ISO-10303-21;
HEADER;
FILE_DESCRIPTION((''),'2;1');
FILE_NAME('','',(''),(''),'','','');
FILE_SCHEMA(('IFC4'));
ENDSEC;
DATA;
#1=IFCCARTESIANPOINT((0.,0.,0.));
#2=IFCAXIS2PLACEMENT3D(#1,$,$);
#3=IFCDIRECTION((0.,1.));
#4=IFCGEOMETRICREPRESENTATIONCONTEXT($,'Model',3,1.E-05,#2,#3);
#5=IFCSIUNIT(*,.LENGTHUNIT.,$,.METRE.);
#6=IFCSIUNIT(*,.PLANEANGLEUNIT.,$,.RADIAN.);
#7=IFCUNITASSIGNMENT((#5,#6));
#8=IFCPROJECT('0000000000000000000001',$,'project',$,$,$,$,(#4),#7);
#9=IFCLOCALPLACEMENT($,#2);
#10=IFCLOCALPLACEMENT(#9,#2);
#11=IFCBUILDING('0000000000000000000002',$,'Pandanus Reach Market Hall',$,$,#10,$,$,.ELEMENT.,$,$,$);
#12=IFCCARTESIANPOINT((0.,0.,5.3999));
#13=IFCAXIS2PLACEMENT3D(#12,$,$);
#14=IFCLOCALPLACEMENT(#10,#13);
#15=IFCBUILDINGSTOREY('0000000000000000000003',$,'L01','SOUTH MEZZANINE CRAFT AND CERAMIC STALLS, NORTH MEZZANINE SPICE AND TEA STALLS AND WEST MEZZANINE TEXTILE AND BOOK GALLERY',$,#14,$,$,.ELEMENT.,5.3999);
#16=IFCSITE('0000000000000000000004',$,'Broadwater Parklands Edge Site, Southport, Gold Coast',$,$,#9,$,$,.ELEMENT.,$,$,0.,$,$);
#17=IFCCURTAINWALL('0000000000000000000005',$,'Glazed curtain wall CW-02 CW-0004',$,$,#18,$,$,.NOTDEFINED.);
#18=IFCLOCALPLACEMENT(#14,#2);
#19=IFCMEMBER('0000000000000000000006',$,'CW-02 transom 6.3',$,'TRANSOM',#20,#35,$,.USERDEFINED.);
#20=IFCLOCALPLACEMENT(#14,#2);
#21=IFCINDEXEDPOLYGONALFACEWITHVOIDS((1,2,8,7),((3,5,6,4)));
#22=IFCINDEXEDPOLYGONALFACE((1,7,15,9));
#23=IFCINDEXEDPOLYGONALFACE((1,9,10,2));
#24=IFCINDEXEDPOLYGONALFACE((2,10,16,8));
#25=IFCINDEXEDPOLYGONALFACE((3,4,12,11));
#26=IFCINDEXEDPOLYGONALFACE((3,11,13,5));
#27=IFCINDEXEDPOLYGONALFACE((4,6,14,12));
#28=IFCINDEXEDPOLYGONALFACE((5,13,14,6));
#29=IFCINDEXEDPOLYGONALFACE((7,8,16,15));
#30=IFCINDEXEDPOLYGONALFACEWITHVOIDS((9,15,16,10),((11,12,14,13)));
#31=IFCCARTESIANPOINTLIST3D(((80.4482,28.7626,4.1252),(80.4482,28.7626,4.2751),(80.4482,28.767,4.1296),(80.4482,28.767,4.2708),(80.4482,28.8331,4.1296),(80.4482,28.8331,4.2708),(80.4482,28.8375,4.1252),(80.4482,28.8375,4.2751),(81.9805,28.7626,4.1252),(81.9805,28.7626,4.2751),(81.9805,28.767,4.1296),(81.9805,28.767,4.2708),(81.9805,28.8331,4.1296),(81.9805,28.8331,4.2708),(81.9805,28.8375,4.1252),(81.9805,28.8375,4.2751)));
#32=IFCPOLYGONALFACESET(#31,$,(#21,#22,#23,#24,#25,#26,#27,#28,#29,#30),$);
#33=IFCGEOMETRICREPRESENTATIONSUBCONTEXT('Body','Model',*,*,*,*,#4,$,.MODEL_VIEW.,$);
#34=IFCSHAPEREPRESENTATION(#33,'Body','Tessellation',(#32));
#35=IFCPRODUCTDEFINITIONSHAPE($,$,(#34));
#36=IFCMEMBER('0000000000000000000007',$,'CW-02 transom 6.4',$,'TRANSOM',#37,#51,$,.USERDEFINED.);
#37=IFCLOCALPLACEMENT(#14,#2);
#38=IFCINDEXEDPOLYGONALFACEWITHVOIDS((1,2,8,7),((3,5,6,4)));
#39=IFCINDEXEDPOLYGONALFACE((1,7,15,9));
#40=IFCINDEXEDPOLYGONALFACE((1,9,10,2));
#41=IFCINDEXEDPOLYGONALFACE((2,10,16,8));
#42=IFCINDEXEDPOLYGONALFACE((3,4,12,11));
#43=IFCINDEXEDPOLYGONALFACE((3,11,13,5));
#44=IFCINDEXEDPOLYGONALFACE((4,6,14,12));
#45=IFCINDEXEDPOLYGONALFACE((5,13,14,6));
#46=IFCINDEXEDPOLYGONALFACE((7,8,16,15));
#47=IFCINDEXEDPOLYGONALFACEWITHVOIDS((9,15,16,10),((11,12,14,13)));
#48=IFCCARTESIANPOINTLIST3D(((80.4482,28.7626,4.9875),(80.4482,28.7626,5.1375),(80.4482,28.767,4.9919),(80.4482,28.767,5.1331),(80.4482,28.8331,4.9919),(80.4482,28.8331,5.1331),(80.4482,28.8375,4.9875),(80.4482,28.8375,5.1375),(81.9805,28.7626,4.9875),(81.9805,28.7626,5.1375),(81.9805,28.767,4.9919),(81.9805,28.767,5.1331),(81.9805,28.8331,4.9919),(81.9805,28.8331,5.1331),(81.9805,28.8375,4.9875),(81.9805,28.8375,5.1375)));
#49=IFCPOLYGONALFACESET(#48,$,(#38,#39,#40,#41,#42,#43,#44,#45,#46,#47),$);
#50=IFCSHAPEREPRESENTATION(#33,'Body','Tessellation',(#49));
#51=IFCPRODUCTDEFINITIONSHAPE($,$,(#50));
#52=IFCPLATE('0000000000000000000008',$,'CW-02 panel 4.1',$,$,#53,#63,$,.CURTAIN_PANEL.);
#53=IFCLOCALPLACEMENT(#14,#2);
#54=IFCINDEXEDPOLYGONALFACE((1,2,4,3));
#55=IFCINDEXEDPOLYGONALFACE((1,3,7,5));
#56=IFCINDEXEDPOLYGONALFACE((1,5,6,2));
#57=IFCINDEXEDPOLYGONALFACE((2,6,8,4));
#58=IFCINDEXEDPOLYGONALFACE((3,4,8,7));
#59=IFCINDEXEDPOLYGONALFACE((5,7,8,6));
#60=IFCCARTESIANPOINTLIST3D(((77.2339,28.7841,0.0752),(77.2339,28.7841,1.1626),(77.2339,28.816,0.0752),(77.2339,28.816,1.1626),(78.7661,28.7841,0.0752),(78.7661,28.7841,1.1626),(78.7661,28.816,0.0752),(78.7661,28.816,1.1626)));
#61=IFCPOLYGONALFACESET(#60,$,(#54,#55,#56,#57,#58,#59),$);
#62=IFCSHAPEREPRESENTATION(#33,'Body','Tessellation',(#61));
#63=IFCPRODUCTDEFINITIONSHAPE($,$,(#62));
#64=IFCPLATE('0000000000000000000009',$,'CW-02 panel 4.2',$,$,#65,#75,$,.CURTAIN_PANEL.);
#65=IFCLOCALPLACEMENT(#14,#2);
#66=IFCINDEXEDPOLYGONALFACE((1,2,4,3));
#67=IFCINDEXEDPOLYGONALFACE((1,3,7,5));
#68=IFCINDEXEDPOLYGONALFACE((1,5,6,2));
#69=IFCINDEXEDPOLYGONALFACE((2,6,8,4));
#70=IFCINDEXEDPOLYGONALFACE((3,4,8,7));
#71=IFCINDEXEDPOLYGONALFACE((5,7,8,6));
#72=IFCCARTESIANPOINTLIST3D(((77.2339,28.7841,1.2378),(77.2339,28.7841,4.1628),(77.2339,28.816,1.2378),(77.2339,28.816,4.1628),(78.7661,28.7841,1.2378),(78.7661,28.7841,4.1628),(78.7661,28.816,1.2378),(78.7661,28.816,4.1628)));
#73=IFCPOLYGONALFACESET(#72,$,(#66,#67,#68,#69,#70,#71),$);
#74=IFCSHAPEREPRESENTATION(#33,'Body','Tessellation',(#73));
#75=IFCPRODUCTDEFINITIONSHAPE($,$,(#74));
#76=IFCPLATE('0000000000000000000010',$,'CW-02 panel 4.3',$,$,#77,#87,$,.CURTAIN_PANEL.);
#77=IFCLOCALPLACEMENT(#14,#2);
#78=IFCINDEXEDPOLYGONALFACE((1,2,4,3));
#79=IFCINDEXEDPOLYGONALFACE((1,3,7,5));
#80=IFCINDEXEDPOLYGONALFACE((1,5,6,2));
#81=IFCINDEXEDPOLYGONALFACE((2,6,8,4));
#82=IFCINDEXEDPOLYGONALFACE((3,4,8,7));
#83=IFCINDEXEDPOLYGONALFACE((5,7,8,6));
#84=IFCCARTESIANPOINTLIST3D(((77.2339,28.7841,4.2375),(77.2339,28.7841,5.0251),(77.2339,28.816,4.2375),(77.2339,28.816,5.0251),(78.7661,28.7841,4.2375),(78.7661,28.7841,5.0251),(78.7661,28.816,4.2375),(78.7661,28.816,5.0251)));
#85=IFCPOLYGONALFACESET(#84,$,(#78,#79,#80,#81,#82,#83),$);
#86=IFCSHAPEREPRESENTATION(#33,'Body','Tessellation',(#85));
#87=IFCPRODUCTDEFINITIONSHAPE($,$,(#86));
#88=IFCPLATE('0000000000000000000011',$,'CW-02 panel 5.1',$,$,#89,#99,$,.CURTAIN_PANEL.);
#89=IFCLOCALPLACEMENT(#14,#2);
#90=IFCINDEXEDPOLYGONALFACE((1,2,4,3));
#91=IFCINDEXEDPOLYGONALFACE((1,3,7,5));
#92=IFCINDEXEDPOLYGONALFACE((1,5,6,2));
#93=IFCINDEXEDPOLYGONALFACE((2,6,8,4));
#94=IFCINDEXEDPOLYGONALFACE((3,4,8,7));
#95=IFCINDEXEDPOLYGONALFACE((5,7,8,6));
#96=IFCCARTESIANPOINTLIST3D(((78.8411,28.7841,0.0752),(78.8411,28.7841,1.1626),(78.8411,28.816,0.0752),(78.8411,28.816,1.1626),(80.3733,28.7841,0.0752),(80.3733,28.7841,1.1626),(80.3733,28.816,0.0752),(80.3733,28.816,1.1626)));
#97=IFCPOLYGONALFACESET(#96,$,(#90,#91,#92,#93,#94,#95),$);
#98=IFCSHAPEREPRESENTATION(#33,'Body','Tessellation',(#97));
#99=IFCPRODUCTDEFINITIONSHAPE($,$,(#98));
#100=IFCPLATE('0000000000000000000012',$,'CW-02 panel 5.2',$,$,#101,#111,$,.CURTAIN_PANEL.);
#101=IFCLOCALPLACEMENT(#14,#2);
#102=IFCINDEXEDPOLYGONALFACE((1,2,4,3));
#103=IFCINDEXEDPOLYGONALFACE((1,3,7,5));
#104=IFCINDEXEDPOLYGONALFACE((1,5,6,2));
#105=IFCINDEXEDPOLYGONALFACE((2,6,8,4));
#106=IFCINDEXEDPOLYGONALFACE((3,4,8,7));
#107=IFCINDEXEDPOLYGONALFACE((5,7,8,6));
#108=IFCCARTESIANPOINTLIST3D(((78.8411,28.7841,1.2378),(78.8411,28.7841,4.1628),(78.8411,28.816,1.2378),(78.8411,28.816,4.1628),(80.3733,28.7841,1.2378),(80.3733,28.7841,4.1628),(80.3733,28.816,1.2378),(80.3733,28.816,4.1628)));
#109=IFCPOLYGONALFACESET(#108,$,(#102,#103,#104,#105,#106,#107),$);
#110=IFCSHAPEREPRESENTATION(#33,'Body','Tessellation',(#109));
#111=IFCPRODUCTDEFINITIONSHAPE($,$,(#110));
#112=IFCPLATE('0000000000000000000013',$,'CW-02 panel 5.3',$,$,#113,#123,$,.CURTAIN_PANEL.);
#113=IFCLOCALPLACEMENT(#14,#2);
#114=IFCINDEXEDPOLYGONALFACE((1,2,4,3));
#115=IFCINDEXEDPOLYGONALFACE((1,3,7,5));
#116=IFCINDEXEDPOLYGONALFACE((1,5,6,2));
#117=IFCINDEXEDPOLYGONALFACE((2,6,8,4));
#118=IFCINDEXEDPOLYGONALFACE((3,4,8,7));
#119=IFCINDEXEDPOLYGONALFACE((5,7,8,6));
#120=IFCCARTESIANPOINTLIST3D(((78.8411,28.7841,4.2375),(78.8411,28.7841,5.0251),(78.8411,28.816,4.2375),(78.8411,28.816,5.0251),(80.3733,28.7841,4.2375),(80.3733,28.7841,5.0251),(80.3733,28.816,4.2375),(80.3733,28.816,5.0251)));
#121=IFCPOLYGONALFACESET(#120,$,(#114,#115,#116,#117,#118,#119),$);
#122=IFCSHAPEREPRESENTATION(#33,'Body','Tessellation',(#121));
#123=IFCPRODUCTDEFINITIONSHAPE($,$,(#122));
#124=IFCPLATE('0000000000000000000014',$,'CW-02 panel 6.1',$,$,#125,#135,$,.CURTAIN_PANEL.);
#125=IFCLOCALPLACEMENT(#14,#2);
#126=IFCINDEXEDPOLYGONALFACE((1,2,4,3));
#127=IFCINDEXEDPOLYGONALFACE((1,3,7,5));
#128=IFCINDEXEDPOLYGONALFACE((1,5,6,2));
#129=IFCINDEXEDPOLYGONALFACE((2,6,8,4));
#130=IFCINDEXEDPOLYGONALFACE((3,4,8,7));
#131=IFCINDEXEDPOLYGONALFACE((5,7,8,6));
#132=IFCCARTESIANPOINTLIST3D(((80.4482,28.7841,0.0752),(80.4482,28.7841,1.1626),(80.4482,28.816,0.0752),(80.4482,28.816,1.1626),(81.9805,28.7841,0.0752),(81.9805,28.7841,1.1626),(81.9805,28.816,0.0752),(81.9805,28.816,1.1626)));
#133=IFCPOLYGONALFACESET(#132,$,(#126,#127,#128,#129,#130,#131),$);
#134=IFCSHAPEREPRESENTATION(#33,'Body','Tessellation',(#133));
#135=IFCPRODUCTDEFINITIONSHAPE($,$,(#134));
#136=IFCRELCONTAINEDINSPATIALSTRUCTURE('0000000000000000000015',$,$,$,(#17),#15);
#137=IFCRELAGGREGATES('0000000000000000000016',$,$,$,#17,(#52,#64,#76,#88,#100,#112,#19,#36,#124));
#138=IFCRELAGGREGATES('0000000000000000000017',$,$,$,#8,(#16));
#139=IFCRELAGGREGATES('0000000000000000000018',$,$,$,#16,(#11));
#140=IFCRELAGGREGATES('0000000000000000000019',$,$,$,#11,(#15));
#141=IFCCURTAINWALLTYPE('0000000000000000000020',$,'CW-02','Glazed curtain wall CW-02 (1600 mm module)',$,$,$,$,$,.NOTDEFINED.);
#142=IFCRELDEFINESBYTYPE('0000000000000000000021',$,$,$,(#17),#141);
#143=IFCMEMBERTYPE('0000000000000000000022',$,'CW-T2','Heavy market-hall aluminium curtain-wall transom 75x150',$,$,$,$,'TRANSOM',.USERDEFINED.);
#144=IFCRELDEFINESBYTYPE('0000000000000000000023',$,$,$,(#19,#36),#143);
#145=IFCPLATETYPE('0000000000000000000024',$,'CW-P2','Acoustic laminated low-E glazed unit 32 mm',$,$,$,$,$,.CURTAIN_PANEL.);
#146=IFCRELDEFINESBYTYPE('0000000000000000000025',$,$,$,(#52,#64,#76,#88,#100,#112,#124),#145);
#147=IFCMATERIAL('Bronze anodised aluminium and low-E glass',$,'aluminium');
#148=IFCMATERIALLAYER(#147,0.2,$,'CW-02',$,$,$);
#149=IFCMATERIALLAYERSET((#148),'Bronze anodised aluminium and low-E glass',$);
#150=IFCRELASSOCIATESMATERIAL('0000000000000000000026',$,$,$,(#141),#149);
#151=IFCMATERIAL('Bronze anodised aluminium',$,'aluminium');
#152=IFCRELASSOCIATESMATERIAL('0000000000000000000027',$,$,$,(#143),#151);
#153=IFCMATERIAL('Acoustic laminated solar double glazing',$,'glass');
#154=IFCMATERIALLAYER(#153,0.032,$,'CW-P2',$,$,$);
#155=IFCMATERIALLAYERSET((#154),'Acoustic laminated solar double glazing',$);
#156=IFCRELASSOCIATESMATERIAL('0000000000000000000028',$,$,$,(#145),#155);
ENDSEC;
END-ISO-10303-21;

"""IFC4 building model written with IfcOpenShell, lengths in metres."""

from ifc_helpers import new_model, si_unit, direction, frame, origin, origin_2d, place, context, subcontext, project, spatial, rectangle, hollow_rectangle, extrude, material, layer, layer_set, material_profile, profile_set, type_object, element, aggregate, save


model = new_model("IFC4")

# Units and contexts
model_context = context("Model", 3, precision=1e-05, world=origin(), true_north=direction((0.0, 1.0)))
body_context = subcontext(model_context, "Body", "Model", "MODEL_VIEW")
ifc_project = project(units=[si_unit("LENGTHUNIT", "METRE"), si_unit("PLANEANGLEUNIT", "RADIAN")], contexts=[model_context])

# Site, building, storey
site_placement = place(None, origin())
site = spatial("IfcSite", under=ifc_project, at=site_placement, Name="Broadwater Parklands Edge Site, Southport, Gold Coast", CompositionType="ELEMENT", RefElevation=0.0)
building_placement = place(site_placement, origin())
building = spatial("IfcBuilding", under=site, at=building_placement, Name="Pandanus Reach Market Hall", CompositionType="ELEMENT")
storey_placement = place(building_placement, frame((0.0, 0.0, 5.3999)))
storey = spatial("IfcBuildingStorey", under=building, at=storey_placement, Name="L01", Description="SOUTH MEZZANINE CRAFT AND CERAMIC STALLS, NORTH MEZZANINE SPICE AND TEA STALLS AND WEST MEZZANINE TEXTILE AND BOOK GALLERY", CompositionType="ELEMENT", Elevation=5.3999)

# Curtain wall, members, plates
ifc_material_1 = material(Name="Bronze anodised aluminium and low-E glass", Category="aluminium")
ifc_layer_1 = layer(ifc_material_1, 0.2, Name="CW-02")
ifc_layer_set_1 = layer_set([ifc_layer_1], Name="Bronze anodised aluminium and low-E glass")
curtain_wall_type = type_object("IfcCurtainWallType", Name="CW-02", Description="Glazed curtain wall CW-02 (1600 mm module)", PredefinedType="NOTDEFINED", material=ifc_layer_set_1)
curtain_wall_placement = place(storey_placement, origin())
curtain_wall = element("IfcCurtainWall", 1, at=curtain_wall_placement, inside=storey, type_object=curtain_wall_type, Name="Glazed curtain wall CW-02 CW-0004", PredefinedType="NOTDEFINED")
ifc_material_2 = material(Name="Bronze anodised aluminium", Category="aluminium")
ifc_material_profile_1 = material_profile(ifc_material_2, hollow_rectangle(XDim=0.075, YDim=0.1499, WallThickness=0.0044, at=origin_2d()), Name="ALU75x150", Category="LoadBearing")
ifc_profile_set_1 = profile_set([ifc_material_profile_1], Name="Bronze anodised aluminium")
member_type_1 = type_object("IfcMemberType", Name="CW-T2", Description="Heavy market-hall aluminium curtain-wall transom 75x150", ElementType="TRANSOM", PredefinedType="USERDEFINED", material=ifc_profile_set_1)
member_1_placement = place(storey_placement, frame((80.4482, 28.8, 4.2002), z_axis=(1.0, 0.0, 0.0), x_axis=(0.0, 1.0, 0.0)))
member_1 = element("IfcMember", 2, at=member_1_placement, type_object=member_type_1, Name="CW-02 transom 6.3", ObjectType="TRANSOM", PredefinedType="USERDEFINED", context=body_context, shape_type="SweptSolid", body=[
    extrude(hollow_rectangle(XDim=0.075, YDim=0.1499, WallThickness=0.0044, at=origin_2d()), origin(), (0.0, 0.0, 1.0), 1.5322),
])
member_2_placement = place(storey_placement, frame((80.4482, 28.8, 5.0625), z_axis=(1.0, 0.0, 0.0), x_axis=(0.0, 1.0, 0.0)))
member_2 = element("IfcMember", 3, at=member_2_placement, type_object=member_type_1, Name="CW-02 transom 6.4", ObjectType="TRANSOM", PredefinedType="USERDEFINED", context=body_context, shape_type="SweptSolid", body=[
    extrude(hollow_rectangle(XDim=0.075, YDim=0.1499, WallThickness=0.0044, at=origin_2d()), origin(), (0.0, 0.0, 1.0), 1.5322),
])
ifc_material_3 = material(Name="Acoustic laminated solar double glazing", Category="glass")
ifc_layer_2 = layer(ifc_material_3, 0.032, Name="CW-P2")
ifc_layer_set_2 = layer_set([ifc_layer_2], Name="Acoustic laminated solar double glazing")
plate_type = type_object("IfcPlateType", Name="CW-P2", Description="Acoustic laminated low-E glazed unit 32 mm", PredefinedType="CURTAIN_PANEL", material=ifc_layer_set_2)
plate_1_placement = place(storey_placement, frame((78.0, 28.8, 0.0752), z_axis=(0.0, 0.0, 1.0), x_axis=(1.0, 0.0, 0.0)))
plate_1 = element("IfcPlate", 4, at=plate_1_placement, type_object=plate_type, Name="CW-02 panel 4.1", PredefinedType="CURTAIN_PANEL", context=body_context, shape_type="SweptSolid", body=[
    extrude(rectangle(XDim=1.5322, YDim=0.032, at=origin_2d()), origin(), (0.0, 0.0, 1.0), 1.0874),
])
plate_2_placement = place(storey_placement, frame((78.0, 28.8, 1.2378), z_axis=(0.0, 0.0, 1.0), x_axis=(1.0, 0.0, 0.0)))
plate_2 = element("IfcPlate", 5, at=plate_2_placement, type_object=plate_type, Name="CW-02 panel 4.2", PredefinedType="CURTAIN_PANEL", context=body_context, shape_type="SweptSolid", body=[
    extrude(rectangle(XDim=1.5322, YDim=0.032, at=origin_2d()), origin(), (0.0, 0.0, 1.0), 2.925),
])
plate_3_placement = place(storey_placement, frame((78.0, 28.8, 4.2375), z_axis=(0.0, 0.0, 1.0), x_axis=(1.0, 0.0, 0.0)))
plate_3 = element("IfcPlate", 6, at=plate_3_placement, type_object=plate_type, Name="CW-02 panel 4.3", PredefinedType="CURTAIN_PANEL", context=body_context, shape_type="SweptSolid", body=[
    extrude(rectangle(XDim=1.5322, YDim=0.032, at=origin_2d()), origin(), (0.0, 0.0, 1.0), 0.7876),
])
plate_4_placement = place(storey_placement, frame((79.6072, 28.8, 0.0752), z_axis=(0.0, 0.0, 1.0), x_axis=(1.0, 0.0, 0.0)))
plate_4 = element("IfcPlate", 7, at=plate_4_placement, type_object=plate_type, Name="CW-02 panel 5.1", PredefinedType="CURTAIN_PANEL", context=body_context, shape_type="SweptSolid", body=[
    extrude(rectangle(XDim=1.5322, YDim=0.032, at=origin_2d()), origin(), (0.0, 0.0, 1.0), 1.0874),
])
plate_5_placement = place(storey_placement, frame((79.6072, 28.8, 1.2378), z_axis=(0.0, 0.0, 1.0), x_axis=(1.0, 0.0, 0.0)))
plate_5 = element("IfcPlate", 8, at=plate_5_placement, type_object=plate_type, Name="CW-02 panel 5.2", PredefinedType="CURTAIN_PANEL", context=body_context, shape_type="SweptSolid", body=[
    extrude(rectangle(XDim=1.5322, YDim=0.032, at=origin_2d()), origin(), (0.0, 0.0, 1.0), 2.925),
])
plate_6_placement = place(storey_placement, frame((79.6072, 28.8, 4.2375), z_axis=(0.0, 0.0, 1.0), x_axis=(1.0, 0.0, 0.0)))
plate_6 = element("IfcPlate", 9, at=plate_6_placement, type_object=plate_type, Name="CW-02 panel 5.3", PredefinedType="CURTAIN_PANEL", context=body_context, shape_type="SweptSolid", body=[
    extrude(rectangle(XDim=1.5322, YDim=0.032, at=origin_2d()), origin(), (0.0, 0.0, 1.0), 0.7876),
])
plate_7_placement = place(storey_placement, frame((81.2144, 28.8, 0.0752), z_axis=(0.0, 0.0, 1.0), x_axis=(1.0, 0.0, 0.0)))
plate_7 = element("IfcPlate", 10, at=plate_7_placement, type_object=plate_type, Name="CW-02 panel 6.1", PredefinedType="CURTAIN_PANEL", context=body_context, shape_type="SweptSolid", body=[
    extrude(rectangle(XDim=1.5322, YDim=0.032, at=origin_2d()), origin(), (0.0, 0.0, 1.0), 1.0874),
])
aggregate(curtain_wall, [plate_1, plate_2, plate_3, plate_4, plate_5, plate_6, member_1, member_2, plate_7])

save(model, "model.ifc")
